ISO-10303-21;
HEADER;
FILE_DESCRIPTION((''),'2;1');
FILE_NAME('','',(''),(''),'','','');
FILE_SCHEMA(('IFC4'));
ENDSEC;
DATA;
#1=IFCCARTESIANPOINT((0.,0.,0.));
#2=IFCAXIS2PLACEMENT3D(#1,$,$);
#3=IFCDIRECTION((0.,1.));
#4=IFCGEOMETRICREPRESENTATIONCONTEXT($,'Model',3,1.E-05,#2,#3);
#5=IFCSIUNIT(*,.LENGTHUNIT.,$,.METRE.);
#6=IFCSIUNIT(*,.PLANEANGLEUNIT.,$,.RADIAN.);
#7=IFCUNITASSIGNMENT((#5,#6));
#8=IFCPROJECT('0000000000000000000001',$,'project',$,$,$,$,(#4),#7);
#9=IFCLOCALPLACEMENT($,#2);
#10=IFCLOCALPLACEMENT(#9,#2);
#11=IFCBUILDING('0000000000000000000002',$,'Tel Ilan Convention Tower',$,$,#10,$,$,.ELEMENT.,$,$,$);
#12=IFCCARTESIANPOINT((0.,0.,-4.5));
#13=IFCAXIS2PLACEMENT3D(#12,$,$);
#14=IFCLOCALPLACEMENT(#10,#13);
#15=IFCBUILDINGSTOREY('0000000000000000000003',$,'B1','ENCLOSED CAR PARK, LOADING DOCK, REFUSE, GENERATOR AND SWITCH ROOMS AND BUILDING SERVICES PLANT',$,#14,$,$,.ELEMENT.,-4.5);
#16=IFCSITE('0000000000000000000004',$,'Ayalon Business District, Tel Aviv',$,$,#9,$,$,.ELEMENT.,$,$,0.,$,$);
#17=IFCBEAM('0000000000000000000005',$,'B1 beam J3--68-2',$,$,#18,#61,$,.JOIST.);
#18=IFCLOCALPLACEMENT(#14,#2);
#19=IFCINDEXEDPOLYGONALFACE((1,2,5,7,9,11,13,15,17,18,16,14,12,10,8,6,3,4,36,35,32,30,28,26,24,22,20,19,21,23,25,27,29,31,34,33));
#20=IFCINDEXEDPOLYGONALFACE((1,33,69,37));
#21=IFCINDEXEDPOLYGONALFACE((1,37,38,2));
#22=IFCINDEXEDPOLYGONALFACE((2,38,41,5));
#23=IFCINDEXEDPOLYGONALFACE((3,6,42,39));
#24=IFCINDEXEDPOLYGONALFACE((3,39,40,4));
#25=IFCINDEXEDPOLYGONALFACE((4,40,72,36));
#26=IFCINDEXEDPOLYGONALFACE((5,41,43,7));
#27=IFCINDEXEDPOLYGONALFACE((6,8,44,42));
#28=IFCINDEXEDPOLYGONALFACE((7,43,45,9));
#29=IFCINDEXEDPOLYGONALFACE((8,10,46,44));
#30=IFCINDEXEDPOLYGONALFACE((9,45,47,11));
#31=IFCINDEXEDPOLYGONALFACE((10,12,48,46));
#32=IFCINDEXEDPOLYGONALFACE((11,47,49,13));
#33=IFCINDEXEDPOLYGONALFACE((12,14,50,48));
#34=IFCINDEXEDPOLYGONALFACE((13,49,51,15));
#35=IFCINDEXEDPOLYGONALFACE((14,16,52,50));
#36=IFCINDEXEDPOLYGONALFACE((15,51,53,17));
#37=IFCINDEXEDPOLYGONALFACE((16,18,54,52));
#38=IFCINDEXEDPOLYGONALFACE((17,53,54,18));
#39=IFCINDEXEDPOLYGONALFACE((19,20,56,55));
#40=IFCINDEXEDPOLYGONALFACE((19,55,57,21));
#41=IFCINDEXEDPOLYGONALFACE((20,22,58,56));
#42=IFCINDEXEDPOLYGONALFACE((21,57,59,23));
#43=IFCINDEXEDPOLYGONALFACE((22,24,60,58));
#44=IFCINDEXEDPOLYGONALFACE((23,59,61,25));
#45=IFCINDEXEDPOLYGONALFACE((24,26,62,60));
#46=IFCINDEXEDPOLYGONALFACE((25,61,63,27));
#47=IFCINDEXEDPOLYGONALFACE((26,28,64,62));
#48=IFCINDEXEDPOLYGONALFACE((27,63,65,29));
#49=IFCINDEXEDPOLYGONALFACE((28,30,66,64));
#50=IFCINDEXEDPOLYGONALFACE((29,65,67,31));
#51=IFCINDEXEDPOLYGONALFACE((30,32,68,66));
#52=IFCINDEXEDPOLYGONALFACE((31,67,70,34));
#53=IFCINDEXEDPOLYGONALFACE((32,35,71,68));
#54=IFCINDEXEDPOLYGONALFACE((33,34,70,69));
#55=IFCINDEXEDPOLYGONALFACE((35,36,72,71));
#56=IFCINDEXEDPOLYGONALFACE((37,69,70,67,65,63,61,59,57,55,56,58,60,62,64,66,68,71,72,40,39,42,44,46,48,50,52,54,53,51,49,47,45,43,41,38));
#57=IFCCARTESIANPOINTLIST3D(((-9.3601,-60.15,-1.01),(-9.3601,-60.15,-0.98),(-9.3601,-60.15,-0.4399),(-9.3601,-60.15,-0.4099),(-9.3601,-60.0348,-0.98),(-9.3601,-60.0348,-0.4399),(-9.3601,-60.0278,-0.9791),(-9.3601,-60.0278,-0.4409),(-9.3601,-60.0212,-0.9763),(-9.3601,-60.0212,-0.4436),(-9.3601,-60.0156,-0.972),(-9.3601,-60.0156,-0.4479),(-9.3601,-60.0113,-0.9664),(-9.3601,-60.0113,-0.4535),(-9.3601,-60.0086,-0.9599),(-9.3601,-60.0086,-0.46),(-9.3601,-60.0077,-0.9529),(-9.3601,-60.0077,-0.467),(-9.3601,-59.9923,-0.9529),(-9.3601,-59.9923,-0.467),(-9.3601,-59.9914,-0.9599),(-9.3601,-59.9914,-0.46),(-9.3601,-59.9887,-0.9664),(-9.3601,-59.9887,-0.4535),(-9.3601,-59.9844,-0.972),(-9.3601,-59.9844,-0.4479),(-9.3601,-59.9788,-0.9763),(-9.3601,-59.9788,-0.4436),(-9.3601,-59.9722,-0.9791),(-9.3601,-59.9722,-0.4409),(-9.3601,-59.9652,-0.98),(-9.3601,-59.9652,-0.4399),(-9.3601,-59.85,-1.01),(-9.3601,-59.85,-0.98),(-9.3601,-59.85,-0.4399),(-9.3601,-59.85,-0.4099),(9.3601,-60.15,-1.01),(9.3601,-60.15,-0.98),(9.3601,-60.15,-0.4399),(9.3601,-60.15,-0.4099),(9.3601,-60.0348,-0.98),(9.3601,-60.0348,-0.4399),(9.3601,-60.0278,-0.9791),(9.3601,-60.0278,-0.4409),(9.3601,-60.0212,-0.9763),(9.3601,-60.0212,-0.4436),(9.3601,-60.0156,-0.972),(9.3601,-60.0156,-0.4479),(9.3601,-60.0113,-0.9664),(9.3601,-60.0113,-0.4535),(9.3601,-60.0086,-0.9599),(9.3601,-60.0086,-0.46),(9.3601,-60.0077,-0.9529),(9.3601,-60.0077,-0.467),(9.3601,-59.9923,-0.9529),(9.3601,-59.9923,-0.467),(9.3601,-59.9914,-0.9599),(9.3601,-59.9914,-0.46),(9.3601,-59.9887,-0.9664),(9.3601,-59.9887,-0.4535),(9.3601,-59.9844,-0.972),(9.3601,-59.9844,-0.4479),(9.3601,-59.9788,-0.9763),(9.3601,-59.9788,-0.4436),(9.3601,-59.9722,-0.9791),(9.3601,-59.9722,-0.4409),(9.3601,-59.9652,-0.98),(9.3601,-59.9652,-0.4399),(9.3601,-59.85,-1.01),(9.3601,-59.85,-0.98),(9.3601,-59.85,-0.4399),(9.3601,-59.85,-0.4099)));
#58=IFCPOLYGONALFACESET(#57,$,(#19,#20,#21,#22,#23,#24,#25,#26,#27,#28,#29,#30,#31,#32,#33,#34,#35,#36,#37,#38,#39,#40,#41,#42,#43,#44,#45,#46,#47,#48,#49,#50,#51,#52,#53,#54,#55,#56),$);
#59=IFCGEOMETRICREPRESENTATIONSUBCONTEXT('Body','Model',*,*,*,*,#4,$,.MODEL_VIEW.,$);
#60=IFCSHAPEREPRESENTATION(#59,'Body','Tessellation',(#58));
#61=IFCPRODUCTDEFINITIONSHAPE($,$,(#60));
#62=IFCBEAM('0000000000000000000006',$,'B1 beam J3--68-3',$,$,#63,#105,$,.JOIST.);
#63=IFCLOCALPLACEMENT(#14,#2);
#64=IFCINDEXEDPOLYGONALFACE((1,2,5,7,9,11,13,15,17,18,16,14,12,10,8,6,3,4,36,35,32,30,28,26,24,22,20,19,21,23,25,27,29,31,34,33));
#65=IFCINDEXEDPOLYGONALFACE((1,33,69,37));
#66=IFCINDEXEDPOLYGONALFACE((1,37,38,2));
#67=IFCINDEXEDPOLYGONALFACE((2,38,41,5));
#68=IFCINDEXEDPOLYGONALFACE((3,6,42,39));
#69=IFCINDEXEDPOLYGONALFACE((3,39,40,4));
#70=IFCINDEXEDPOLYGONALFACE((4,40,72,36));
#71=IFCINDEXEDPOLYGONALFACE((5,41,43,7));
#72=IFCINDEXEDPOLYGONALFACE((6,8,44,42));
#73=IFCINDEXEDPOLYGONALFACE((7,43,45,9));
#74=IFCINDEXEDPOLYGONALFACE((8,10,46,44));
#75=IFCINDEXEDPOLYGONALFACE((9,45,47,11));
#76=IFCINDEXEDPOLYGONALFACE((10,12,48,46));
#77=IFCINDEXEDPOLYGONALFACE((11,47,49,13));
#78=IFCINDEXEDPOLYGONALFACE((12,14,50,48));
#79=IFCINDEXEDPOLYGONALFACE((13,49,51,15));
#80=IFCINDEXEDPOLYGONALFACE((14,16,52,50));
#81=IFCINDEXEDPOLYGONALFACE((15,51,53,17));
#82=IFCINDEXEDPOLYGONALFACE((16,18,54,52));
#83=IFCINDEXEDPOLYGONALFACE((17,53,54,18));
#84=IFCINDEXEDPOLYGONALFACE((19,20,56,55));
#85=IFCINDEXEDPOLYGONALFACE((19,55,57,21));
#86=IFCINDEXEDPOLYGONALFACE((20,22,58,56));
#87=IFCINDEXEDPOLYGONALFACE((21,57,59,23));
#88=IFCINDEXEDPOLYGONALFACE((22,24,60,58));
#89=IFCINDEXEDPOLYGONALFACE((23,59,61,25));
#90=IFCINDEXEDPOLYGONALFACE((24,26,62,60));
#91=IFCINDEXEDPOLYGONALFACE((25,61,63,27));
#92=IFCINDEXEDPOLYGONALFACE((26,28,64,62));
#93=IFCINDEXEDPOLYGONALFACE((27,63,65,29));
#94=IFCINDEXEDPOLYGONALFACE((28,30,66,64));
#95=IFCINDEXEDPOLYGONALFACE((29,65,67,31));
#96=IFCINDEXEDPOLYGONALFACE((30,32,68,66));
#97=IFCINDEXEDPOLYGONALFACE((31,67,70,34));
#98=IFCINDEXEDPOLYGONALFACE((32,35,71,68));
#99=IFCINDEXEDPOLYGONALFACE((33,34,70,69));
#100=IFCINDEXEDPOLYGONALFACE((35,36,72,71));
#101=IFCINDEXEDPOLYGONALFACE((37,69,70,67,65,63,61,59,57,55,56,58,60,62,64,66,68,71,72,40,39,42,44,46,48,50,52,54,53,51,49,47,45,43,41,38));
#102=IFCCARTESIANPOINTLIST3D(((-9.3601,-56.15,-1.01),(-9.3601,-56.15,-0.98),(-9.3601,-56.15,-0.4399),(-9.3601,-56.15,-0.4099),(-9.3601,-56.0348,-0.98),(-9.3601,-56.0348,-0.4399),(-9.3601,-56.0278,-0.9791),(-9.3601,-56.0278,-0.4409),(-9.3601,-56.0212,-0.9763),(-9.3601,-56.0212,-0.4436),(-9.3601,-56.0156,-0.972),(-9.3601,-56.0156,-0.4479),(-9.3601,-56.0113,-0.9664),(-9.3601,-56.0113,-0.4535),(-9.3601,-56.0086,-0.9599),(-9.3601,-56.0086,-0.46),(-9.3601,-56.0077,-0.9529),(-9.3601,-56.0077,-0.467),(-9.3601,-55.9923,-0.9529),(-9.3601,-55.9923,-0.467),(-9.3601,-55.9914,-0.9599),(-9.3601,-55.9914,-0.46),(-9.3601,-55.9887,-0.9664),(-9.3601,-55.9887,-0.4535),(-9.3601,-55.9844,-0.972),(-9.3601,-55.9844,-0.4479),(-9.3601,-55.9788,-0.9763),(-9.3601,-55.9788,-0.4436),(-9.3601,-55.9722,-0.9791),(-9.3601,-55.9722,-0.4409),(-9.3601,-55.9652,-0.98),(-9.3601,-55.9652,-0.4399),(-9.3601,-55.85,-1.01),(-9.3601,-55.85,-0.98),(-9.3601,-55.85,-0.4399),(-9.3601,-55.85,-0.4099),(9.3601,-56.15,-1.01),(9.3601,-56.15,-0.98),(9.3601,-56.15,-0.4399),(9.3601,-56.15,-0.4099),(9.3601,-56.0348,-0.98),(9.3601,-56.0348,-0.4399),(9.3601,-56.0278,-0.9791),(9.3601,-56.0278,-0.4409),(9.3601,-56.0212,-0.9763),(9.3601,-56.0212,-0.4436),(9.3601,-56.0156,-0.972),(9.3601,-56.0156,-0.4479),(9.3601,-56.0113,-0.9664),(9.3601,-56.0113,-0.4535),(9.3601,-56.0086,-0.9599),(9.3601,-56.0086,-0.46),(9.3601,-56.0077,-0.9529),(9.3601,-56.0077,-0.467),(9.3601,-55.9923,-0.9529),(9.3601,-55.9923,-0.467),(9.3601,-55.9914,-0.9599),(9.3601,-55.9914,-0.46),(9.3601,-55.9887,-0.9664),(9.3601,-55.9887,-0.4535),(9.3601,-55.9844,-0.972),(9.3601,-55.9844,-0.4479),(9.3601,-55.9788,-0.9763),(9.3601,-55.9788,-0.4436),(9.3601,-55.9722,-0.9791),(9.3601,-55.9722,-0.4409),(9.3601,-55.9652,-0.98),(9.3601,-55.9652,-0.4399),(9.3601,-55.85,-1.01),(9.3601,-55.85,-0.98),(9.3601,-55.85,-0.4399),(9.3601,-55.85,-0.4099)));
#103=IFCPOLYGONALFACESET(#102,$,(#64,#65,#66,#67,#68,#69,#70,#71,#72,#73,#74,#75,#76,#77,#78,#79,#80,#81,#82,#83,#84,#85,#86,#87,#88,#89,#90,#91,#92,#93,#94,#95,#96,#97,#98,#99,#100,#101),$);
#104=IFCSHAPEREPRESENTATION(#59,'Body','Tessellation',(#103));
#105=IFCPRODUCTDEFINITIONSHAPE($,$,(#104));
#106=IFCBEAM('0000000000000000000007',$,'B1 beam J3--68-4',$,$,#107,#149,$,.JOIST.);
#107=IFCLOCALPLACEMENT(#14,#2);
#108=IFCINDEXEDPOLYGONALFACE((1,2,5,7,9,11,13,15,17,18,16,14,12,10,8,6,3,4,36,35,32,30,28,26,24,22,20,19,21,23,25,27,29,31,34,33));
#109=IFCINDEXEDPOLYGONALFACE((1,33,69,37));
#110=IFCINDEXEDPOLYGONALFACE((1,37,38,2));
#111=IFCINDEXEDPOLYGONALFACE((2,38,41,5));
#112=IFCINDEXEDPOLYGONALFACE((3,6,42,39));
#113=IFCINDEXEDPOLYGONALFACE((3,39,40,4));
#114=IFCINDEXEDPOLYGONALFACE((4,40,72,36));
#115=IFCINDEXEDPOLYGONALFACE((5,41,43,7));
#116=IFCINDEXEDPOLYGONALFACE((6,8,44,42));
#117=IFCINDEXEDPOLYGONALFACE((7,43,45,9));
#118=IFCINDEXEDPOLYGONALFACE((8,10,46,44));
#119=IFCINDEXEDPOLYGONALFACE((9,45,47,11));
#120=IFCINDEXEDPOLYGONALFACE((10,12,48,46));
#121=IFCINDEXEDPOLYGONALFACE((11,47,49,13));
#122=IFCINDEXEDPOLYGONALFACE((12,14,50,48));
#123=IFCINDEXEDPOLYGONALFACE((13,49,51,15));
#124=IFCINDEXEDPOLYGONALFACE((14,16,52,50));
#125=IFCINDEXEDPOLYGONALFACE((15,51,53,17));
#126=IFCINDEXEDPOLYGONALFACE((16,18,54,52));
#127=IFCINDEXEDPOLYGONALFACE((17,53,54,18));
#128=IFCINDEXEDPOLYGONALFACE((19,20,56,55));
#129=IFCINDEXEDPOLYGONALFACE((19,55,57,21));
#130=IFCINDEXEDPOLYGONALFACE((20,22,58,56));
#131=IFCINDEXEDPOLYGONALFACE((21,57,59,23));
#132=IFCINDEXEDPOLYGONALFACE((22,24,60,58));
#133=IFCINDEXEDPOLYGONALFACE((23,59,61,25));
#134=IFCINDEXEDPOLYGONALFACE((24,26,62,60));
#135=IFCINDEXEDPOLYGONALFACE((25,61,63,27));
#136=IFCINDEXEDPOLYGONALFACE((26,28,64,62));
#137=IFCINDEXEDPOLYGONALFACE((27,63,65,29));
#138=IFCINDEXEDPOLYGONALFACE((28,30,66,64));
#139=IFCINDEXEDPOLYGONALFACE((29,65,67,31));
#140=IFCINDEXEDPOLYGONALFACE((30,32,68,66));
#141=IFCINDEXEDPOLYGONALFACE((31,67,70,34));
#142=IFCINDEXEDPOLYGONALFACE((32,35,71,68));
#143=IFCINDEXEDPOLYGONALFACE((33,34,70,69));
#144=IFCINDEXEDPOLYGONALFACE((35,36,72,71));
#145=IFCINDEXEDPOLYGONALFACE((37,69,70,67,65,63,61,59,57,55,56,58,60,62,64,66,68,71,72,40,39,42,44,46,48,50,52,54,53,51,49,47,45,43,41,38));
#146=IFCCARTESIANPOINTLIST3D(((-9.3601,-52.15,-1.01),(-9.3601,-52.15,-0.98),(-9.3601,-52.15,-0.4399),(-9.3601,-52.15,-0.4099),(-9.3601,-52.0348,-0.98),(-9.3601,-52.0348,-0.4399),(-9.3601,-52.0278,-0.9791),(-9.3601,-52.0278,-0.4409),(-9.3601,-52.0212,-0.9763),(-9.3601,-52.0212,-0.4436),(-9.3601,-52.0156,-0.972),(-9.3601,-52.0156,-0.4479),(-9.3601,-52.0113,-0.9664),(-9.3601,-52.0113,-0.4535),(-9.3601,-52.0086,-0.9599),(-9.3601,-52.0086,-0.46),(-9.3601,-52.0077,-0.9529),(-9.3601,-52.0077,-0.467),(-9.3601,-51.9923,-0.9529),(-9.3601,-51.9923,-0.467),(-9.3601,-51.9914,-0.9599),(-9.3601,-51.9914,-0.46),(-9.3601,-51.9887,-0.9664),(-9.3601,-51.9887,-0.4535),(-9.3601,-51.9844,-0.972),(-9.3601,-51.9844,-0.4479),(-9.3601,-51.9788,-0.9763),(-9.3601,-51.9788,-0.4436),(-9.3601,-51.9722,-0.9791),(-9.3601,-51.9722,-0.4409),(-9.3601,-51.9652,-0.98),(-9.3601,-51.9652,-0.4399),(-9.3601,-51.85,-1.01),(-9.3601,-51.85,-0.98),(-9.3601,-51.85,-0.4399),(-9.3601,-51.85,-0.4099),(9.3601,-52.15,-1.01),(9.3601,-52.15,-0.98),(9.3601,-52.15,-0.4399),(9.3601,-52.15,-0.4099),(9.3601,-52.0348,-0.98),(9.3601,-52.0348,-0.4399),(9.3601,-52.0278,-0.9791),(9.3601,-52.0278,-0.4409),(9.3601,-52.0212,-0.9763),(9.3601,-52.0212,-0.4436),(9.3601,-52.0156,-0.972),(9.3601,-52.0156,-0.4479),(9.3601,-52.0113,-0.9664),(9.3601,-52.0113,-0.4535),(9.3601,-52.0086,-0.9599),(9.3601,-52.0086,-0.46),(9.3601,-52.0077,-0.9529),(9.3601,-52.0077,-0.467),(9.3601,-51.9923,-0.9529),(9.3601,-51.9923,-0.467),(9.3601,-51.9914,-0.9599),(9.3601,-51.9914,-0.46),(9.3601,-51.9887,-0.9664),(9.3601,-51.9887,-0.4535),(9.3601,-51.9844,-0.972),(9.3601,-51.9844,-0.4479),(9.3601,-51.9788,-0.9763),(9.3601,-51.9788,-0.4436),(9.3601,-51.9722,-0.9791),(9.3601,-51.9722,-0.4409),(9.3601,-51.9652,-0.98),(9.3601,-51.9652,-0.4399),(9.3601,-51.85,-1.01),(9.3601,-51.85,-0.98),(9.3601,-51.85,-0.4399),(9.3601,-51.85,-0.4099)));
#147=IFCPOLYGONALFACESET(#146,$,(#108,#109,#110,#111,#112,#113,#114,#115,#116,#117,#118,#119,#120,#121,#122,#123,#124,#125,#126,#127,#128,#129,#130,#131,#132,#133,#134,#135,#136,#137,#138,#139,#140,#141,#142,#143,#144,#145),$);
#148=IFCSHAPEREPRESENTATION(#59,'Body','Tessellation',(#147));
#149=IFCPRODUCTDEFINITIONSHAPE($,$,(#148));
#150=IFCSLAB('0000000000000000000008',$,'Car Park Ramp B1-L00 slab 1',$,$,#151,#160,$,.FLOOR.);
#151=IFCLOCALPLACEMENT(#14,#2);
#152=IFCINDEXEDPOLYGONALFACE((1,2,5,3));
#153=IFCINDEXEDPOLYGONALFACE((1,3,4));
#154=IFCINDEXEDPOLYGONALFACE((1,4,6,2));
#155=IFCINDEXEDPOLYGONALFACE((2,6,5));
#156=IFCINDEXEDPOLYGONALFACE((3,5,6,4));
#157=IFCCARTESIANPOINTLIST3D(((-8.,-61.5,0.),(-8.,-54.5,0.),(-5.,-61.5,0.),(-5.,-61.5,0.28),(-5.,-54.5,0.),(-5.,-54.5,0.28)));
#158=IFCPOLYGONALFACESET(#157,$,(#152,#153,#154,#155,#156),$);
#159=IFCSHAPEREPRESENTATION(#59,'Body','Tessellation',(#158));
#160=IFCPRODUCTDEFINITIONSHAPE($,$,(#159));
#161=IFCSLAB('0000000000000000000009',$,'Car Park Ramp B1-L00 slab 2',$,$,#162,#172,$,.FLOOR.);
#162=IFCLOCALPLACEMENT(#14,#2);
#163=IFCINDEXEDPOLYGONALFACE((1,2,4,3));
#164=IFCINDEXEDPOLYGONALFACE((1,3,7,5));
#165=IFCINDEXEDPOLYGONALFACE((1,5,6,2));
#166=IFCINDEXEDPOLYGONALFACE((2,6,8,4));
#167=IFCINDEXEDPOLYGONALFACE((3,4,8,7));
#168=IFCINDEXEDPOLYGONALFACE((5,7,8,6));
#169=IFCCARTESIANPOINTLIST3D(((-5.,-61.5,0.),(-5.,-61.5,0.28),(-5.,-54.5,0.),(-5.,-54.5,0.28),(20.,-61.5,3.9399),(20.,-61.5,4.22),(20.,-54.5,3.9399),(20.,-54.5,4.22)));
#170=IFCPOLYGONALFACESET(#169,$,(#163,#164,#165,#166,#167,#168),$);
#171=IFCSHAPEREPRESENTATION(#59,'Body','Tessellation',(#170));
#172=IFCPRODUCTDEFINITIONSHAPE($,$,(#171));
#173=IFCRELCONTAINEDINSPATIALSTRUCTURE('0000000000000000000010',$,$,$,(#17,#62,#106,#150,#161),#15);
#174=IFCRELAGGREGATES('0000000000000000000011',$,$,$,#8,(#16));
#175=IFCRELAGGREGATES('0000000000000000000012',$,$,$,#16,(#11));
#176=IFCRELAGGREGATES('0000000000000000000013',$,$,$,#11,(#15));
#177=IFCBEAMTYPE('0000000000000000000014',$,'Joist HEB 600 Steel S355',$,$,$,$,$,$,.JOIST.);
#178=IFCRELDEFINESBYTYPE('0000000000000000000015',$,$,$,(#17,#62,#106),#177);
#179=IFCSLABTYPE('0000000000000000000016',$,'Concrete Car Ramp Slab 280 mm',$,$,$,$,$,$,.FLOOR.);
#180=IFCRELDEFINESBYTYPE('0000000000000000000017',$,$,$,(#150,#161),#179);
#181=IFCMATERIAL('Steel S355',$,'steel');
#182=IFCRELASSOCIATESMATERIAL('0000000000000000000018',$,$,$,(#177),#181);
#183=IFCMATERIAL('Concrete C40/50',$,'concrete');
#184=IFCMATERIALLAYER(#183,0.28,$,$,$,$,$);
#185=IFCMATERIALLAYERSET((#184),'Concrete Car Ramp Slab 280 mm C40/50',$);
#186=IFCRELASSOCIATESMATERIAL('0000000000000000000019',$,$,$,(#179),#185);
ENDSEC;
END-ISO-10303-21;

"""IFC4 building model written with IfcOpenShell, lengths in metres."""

from ifc_helpers import new_model, si_unit, direction, frame, origin, origin_2d, place, context, subcontext, project, spatial, polyline, i_section, outline, extrude, material, layer, layer_set, material_profile, profile_set, type_object, element, save


model = new_model("IFC4")

# Units and contexts
model_context = context("Model", 3, precision=1e-05, world=origin(), true_north=direction((0.0, 1.0)))
body_context = subcontext(model_context, "Body", "Model", "MODEL_VIEW")
ifc_project = project(units=[si_unit("LENGTHUNIT", "METRE"), si_unit("PLANEANGLEUNIT", "RADIAN")], contexts=[model_context])

# Site, building, storey
site_placement = place(None, origin())
site = spatial("IfcSite", under=ifc_project, at=site_placement, Name="Ayalon Business District, Tel Aviv", CompositionType="ELEMENT", RefElevation=0.0)
building_placement = place(site_placement, origin())
building = spatial("IfcBuilding", under=site, at=building_placement, Name="Tel Ilan Convention Tower", CompositionType="ELEMENT")
storey_placement = place(building_placement, frame((0.0, 0.0, -4.5)))
storey = spatial("IfcBuildingStorey", under=building, at=storey_placement, Name="B1", Description="ENCLOSED CAR PARK, LOADING DOCK, REFUSE, GENERATOR AND SWITCH ROOMS AND BUILDING SERVICES PLANT", CompositionType="ELEMENT", Elevation=-4.5)

# Beams
ifc_material_1 = material(Name="Steel S355", Category="steel")
ifc_material_profile_1 = material_profile(ifc_material_1, i_section(OverallWidth=0.3, OverallDepth=0.6001, WebThickness=0.0154, FlangeThickness=0.03, FilletRadius=0.0271, at=origin_2d()), Name="HEB 600")
ifc_profile_set_1 = profile_set([ifc_material_profile_1], Name="Steel S355")
beam_type_1 = type_object("IfcBeamType", Name="Joist HEB 600 Steel S355", PredefinedType="JOIST", material=ifc_profile_set_1)
for number, where, z_axis, x_axis, name in (
    (1, (-9.3601, -60.0, -0.71), (1.0, 0.0, 0.0), (0.0, 1.0, 0.0), "B1 beam J3--68-2"),
    (2, (-9.3601, -56.0, -0.71), (1.0, 0.0, 0.0), (0.0, 1.0, 0.0), "B1 beam J3--68-3"),
    (3, (-9.3601, -52.0, -0.71), (1.0, 0.0, 0.0), (0.0, 1.0, 0.0), "B1 beam J3--68-4"),
):
    element("IfcBeam", number, at=place(storey_placement, frame(where, z_axis=z_axis, x_axis=x_axis)), inside=storey, type_object=beam_type_1, Name=name, PredefinedType="JOIST", context=body_context, shape_type="SweptSolid", body=[
        extrude(i_section(OverallWidth=0.3, OverallDepth=0.6001, WebThickness=0.0154, FlangeThickness=0.03, FilletRadius=0.0271, at=origin_2d()), origin(), (0.0, 0.0, 1.0), 18.7202),
    ])

# Slabs
ifc_material_2 = material(Name="Concrete C40/50", Category="concrete")
ifc_layer_1 = layer(ifc_material_2, 0.28)
ifc_layer_set_1 = layer_set([ifc_layer_1], Name="Concrete Car Ramp Slab 280 mm C40/50")
slab_type = type_object("IfcSlabType", Name="Concrete Car Ramp Slab 280 mm", PredefinedType="FLOOR", material=ifc_layer_set_1)
slab_1_placement = place(storey_placement, frame((-8.0, -58.0, 0.0), z_axis=(0.0, 0.0, 1.0), x_axis=(1.0, 0.0, 0.0)))
element("IfcSlab", 4, at=slab_1_placement, inside=storey, type_object=slab_type, Name="Car Park Ramp B1-L00 slab 1", PredefinedType="FLOOR", context=body_context, shape_type="SweptSolid", body=[
    extrude(outline(polyline([(0.0, 0.0), (3.0, 0.0), (3.0, 0.28), (0.0, 0.0), (0.0, 0.0)])), frame((0.0, 3.5, 0.0), z_axis=(0.0, -1.0, 0.0), x_axis=(1.0, 0.0, 0.0)), (0.0, 0.0, 1.0), 7.0),
])
slab_2_placement = place(storey_placement, frame((-5.0, -61.5, 0.28), z_axis=(-0.155676, 0.0, 0.987808), x_axis=(0.987808, 0.0, 0.155676)))
element("IfcSlab", 5, at=slab_2_placement, inside=storey, type_object=slab_type, Name="Car Park Ramp B1-L00 slab 2", PredefinedType="FLOOR", context=body_context, shape_type="SweptSolid", body=[
    extrude(outline(polyline([(0.0, 0.0), (25.3086, 0.0), (25.3086, 7.0), (0.0, 7.0), (0.0, 0.0)])), origin(), (-0.155676, 0.0, -0.987808), 0.28),
])

save(model, "model.ifc")
